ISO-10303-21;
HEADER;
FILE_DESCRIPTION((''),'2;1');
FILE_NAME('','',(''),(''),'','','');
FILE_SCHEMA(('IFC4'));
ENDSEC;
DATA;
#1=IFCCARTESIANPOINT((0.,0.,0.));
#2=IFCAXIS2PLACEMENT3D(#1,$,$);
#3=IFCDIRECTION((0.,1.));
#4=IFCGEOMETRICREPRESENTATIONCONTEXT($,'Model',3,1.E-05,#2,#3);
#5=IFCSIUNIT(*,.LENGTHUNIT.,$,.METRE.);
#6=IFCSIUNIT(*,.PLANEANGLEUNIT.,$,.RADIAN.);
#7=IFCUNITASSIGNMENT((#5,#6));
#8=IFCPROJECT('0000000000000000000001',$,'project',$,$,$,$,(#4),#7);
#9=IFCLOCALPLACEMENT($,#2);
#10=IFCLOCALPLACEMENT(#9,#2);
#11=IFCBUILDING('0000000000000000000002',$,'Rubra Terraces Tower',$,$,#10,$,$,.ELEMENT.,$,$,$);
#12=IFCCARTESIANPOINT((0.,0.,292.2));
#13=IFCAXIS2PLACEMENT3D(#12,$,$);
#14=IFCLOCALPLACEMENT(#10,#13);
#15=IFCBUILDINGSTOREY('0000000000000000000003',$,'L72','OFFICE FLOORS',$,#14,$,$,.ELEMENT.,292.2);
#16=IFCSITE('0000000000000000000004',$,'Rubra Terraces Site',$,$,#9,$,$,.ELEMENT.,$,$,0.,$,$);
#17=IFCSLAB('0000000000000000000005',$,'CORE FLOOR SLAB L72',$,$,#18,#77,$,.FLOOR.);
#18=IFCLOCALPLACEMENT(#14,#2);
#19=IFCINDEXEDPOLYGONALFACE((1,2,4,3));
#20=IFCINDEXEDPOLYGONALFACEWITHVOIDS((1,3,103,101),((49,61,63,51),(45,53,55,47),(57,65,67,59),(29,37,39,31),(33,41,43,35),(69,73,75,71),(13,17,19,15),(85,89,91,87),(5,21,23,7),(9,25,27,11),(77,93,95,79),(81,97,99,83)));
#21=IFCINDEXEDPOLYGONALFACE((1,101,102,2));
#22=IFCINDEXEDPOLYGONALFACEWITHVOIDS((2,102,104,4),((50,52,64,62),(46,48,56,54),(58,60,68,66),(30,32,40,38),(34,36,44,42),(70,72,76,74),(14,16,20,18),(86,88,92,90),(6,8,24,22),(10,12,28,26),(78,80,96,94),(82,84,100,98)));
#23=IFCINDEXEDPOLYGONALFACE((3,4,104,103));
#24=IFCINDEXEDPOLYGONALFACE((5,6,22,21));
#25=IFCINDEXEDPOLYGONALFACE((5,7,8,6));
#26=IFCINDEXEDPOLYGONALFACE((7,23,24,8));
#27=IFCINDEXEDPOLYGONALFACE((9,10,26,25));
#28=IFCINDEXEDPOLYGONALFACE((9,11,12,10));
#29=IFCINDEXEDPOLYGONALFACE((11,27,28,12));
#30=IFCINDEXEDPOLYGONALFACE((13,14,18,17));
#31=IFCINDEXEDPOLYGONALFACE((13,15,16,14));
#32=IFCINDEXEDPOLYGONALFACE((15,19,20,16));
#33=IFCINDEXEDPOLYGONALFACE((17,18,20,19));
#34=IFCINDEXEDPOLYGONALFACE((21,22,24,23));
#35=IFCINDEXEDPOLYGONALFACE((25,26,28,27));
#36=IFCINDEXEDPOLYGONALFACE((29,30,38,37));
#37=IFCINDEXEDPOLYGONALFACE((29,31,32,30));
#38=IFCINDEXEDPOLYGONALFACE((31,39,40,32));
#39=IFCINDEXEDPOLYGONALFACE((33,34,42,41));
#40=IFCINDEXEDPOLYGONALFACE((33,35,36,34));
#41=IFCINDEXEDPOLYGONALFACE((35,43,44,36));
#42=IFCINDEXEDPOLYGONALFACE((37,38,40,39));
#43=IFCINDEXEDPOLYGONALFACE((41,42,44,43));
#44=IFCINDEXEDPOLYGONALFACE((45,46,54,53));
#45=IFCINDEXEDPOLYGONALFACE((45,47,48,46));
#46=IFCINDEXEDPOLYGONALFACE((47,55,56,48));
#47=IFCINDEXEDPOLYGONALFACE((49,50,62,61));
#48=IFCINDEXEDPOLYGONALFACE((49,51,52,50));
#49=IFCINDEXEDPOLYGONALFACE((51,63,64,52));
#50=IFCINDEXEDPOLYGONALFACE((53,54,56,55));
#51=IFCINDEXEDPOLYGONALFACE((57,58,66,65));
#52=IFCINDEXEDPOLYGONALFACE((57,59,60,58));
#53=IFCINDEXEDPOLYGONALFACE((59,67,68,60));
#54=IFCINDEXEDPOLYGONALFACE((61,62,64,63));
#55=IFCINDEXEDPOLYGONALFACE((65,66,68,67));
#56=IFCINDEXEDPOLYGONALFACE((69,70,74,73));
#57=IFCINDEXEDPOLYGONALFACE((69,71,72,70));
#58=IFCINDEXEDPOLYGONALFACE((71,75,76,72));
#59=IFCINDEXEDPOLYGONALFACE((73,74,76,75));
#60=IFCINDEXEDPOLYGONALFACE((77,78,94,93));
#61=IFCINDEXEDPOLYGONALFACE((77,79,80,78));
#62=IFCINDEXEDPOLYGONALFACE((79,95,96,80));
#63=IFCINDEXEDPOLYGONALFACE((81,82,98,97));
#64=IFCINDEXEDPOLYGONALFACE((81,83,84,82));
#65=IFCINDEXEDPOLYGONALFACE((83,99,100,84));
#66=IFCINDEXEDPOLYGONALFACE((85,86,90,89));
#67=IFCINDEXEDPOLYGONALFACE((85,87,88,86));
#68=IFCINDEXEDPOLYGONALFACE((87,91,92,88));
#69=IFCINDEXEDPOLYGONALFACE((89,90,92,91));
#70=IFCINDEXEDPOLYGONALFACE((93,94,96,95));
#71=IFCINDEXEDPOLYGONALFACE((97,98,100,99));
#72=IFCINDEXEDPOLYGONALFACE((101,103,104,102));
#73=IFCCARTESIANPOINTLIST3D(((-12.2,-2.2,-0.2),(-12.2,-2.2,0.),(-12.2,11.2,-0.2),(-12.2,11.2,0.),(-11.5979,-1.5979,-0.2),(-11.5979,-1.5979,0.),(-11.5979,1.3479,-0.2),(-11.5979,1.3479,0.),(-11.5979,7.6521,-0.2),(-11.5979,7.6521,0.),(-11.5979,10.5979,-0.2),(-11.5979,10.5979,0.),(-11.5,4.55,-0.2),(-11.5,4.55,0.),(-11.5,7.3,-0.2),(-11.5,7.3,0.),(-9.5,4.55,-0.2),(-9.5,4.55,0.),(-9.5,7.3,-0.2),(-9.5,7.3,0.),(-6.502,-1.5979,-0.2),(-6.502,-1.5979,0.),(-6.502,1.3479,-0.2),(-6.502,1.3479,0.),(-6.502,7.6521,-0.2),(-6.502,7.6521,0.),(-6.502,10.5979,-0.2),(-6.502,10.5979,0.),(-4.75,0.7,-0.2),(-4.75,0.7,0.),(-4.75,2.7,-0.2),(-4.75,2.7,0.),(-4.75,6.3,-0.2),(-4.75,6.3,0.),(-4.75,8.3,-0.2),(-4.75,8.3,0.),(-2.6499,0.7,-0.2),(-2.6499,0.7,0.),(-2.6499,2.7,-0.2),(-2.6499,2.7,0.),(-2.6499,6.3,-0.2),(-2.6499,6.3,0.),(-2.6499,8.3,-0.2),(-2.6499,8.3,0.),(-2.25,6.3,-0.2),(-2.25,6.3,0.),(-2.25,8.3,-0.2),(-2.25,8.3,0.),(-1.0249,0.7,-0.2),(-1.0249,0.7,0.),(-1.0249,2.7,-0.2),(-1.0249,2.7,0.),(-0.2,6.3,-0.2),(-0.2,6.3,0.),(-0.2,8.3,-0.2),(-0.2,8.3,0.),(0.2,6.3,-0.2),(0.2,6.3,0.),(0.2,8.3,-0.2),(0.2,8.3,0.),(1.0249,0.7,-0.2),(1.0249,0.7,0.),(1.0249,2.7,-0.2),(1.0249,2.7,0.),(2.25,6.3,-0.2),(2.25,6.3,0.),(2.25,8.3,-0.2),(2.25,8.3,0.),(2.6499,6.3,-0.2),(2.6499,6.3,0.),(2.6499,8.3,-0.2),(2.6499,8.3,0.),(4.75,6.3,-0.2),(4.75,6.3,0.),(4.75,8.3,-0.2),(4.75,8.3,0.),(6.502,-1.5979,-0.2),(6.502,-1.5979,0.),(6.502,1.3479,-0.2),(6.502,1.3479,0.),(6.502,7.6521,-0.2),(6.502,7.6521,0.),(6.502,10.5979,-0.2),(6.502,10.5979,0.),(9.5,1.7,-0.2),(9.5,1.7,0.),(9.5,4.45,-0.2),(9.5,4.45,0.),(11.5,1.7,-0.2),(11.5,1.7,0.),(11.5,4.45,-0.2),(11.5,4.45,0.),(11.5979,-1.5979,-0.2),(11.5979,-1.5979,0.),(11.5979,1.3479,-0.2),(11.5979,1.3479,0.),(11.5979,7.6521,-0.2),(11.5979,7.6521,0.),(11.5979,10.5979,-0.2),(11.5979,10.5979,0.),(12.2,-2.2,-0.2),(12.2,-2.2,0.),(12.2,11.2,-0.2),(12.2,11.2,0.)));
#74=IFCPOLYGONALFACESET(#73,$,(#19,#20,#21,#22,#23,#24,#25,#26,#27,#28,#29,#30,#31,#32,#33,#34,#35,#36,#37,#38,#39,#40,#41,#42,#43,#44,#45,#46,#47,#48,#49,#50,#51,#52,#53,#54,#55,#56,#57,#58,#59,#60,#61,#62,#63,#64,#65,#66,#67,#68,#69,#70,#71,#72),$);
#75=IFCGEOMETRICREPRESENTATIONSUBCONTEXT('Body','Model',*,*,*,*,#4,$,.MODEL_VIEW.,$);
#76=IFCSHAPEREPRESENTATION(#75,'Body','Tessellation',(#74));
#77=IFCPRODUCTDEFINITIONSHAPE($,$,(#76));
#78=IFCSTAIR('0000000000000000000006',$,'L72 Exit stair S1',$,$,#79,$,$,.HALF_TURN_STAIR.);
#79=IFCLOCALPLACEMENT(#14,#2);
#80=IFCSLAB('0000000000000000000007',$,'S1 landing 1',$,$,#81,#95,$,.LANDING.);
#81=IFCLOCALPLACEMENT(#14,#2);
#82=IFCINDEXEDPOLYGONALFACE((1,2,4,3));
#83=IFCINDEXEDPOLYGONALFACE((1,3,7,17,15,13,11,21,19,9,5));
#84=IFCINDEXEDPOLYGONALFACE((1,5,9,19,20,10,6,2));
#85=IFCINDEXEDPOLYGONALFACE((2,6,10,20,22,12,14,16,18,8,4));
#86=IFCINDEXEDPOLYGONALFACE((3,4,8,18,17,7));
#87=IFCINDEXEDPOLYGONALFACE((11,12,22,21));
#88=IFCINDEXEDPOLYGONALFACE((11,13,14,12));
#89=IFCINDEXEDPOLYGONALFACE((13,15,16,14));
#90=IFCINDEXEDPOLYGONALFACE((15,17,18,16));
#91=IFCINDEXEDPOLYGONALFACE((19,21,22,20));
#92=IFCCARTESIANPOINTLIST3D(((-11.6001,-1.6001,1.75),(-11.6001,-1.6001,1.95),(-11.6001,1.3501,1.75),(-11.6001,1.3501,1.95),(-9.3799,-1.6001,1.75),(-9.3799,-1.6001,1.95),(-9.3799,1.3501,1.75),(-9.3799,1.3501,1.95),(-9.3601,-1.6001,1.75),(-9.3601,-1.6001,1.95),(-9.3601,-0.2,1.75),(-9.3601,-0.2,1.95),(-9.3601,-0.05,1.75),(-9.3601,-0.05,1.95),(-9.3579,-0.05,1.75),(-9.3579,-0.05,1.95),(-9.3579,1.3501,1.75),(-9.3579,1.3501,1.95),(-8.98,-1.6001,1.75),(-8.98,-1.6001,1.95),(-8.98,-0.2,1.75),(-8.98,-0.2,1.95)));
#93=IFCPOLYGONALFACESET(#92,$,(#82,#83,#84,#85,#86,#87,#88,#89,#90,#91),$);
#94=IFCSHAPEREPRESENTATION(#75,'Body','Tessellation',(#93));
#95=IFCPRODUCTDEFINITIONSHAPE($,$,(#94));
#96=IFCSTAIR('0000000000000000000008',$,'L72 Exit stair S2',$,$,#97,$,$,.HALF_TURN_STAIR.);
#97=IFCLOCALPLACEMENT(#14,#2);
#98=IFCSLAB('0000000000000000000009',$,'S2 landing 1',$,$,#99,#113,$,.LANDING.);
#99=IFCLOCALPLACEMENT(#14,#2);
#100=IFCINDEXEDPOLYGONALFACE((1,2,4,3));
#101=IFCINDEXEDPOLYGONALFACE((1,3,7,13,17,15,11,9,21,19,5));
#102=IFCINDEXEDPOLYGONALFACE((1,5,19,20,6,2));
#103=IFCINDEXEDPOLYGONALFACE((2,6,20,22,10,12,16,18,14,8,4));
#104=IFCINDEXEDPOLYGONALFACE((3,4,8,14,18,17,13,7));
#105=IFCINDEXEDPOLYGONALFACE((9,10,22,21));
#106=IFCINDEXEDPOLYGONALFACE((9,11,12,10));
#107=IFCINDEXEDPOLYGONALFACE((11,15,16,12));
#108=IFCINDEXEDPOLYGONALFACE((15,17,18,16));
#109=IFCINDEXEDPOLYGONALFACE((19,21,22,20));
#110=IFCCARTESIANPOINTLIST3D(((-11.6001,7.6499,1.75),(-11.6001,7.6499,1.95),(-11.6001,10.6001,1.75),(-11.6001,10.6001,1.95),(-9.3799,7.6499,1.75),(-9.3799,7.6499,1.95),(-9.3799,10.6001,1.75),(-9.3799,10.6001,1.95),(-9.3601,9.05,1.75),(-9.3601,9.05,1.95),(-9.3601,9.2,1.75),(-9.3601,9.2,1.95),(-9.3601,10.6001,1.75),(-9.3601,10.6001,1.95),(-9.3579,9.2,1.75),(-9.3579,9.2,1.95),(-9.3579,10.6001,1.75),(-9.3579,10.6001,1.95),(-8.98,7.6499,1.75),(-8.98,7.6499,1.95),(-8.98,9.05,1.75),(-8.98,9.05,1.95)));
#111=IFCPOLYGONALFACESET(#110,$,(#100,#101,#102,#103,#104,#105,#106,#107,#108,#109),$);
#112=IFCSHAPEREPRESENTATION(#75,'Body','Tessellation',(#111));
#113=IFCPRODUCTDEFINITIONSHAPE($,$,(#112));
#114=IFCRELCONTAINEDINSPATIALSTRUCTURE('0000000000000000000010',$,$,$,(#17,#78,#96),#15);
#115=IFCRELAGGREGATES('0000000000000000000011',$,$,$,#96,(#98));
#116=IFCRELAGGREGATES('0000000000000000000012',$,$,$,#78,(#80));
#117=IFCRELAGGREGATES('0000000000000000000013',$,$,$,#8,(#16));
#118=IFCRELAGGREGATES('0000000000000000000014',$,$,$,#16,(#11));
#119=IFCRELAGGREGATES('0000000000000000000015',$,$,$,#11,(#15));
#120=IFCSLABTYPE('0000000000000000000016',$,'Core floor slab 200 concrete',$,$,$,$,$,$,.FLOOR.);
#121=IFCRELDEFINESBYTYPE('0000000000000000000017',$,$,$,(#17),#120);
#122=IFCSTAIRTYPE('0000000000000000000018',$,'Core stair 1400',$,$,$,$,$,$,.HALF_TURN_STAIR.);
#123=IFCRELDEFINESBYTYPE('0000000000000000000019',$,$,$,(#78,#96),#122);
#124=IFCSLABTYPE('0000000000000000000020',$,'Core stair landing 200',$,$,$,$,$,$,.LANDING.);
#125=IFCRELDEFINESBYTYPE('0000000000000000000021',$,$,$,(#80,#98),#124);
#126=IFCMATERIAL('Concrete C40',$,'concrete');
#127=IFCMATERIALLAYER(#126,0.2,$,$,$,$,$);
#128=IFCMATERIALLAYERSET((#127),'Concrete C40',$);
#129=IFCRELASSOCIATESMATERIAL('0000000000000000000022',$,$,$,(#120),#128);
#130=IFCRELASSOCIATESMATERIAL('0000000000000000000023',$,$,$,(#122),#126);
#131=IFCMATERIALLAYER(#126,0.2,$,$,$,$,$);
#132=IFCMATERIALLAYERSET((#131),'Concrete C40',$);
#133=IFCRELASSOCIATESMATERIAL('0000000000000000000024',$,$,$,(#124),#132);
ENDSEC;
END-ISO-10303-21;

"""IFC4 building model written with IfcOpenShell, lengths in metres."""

from ifc_helpers import new_model, si_unit, direction, frame, origin, place, context, subcontext, project, spatial, polyline, outline, extrude, material, layer, layer_set, type_object, element, aggregate, save


model = new_model("IFC4")

# Units and contexts
model_context = context("Model", 3, precision=1e-05, world=origin(), true_north=direction((0.0, 1.0)))
body_context = subcontext(model_context, "Body", "Model", "MODEL_VIEW")
ifc_project = project(units=[si_unit("LENGTHUNIT", "METRE"), si_unit("PLANEANGLEUNIT", "RADIAN")], contexts=[model_context])

# Site, building, storey
site_placement = place(None, origin())
site = spatial("IfcSite", under=ifc_project, at=site_placement, Name="Rubra Terraces Site", CompositionType="ELEMENT", RefElevation=0.0)
building_placement = place(site_placement, origin())
building = spatial("IfcBuilding", under=site, at=building_placement, Name="Rubra Terraces Tower", CompositionType="ELEMENT")
storey_placement = place(building_placement, frame((0.0, 0.0, 292.2)))
storey = spatial("IfcBuildingStorey", under=building, at=storey_placement, Name="L72", Description="OFFICE FLOORS", CompositionType="ELEMENT", Elevation=292.2)

# Slab
ifc_material_1 = material(Name="Concrete C40", Category="concrete")
ifc_layer_1 = layer(ifc_material_1, 0.2)
ifc_layer_set_1 = layer_set([ifc_layer_1], Name="Concrete C40")
slab_type_1 = type_object("IfcSlabType", Name="Core floor slab 200 concrete", PredefinedType="FLOOR", material=ifc_layer_set_1)
slab_1_placement = place(storey_placement, frame((0.0, 0.0, -0.2)))
element("IfcSlab", 1, at=slab_1_placement, inside=storey, type_object=slab_type_1, Name="CORE FLOOR SLAB L72", PredefinedType="FLOOR", context=body_context, shape_type="SweptSolid", body=[
    extrude(outline(polyline([(-12.2, -2.2), (-12.2, 11.2), (12.2, 11.2), (12.2, -2.2), (-12.2, -2.2)]), holes=[polyline([(11.5979, 1.3479), (6.502, 1.3479), (6.502, -1.5979), (11.5979, -1.5979), (11.5979, 1.3479)]), polyline([(11.5979, 7.6521), (11.5979, 10.5979), (6.502, 10.5979), (6.502, 7.6521), (11.5979, 7.6521)]), polyline([(9.5, 1.7), (11.5, 1.7), (11.5, 4.45), (9.5, 4.45), (9.5, 1.7)]), polyline([(4.75, 6.3), (4.75, 8.3), (2.6499, 8.3), (2.6499, 6.3), (4.75, 6.3)]), polyline([(2.25, 8.3), (0.2, 8.3), (0.2, 6.3), (2.25, 6.3), (2.25, 8.3)]), polyline([(1.0249, 0.7), (1.0249, 2.7), (-1.0249, 2.7), (-1.0249, 0.7), (1.0249, 0.7)]), polyline([(-0.2, 6.3), (-0.2, 8.3), (-2.25, 8.3), (-2.25, 6.3), (-0.2, 6.3)]), polyline([(-4.75, 8.3), (-4.75, 6.3), (-2.6499, 6.3), (-2.6499, 8.3), (-4.75, 8.3)]), polyline([(-2.6499, 0.7), (-2.6499, 2.7), (-4.75, 2.7), (-4.75, 0.7), (-2.6499, 0.7)]), polyline([(-11.5979, -1.5979), (-6.502, -1.5979), (-6.502, 1.3479), (-11.5979, 1.3479), (-11.5979, -1.5979)]), polyline([(-11.5979, 10.5979), (-11.5979, 7.6521), (-6.502, 7.6521), (-6.502, 10.5979), (-11.5979, 10.5979)]), polyline([(-9.5, 4.55), (-9.5, 7.3), (-11.5, 7.3), (-11.5, 4.55), (-9.5, 4.55)])]), origin(), (0.0, 0.0, 1.0), 0.2),
])

# Stairs, slabs
stair_type = type_object("IfcStairType", Name="Core stair 1400", PredefinedType="HALF_TURN_STAIR", material=ifc_material_1)
stair_1_placement = place(storey_placement, origin())
stair_1 = element("IfcStair", 2, at=stair_1_placement, inside=storey, type_object=stair_type, Name="L72 Exit stair S1", PredefinedType="HALF_TURN_STAIR")
ifc_layer_2 = layer(ifc_material_1, 0.2)
ifc_layer_set_2 = layer_set([ifc_layer_2], Name="Concrete C40")
slab_type_2 = type_object("IfcSlabType", Name="Core stair landing 200", PredefinedType="LANDING", material=ifc_layer_set_2)
slab_2_placement = place(storey_placement, frame((0.0, 0.0, 1.75)))
slab_2 = element("IfcSlab", 3, at=slab_2_placement, type_object=slab_type_2, Name="S1 landing 1", PredefinedType="LANDING", context=body_context, shape_type="SweptSolid", body=[
    extrude(outline(polyline([(-8.98, -0.2), (-8.98, -1.6001), (-9.3601, -1.6001), (-9.3799, -1.6001), (-11.6001, -1.6001), (-11.6001, 1.3501), (-9.3799, 1.3501), (-9.3579, 1.3501), (-9.3579, -0.05), (-9.3601, -0.05), (-9.3601, -0.2), (-8.98, -0.2)])), origin(), (0.0, 0.0, 1.0), 0.2),
])
stair_2_placement = place(storey_placement, origin())
stair_2 = element("IfcStair", 4, at=stair_2_placement, inside=storey, type_object=stair_type, Name="L72 Exit stair S2", PredefinedType="HALF_TURN_STAIR")
slab_3_placement = place(storey_placement, frame((0.0, 0.0, 1.75)))
slab_3 = element("IfcSlab", 5, at=slab_3_placement, type_object=slab_type_2, Name="S2 landing 1", PredefinedType="LANDING", context=body_context, shape_type="SweptSolid", body=[
    extrude(outline(polyline([(-8.98, 9.05), (-8.98, 7.6499), (-9.3799, 7.6499), (-11.6001, 7.6499), (-11.6001, 10.6001), (-9.3799, 10.6001), (-9.3601, 10.6001), (-9.3579, 10.6001), (-9.3579, 9.2), (-9.3601, 9.2), (-9.3601, 9.05), (-8.98, 9.05)])), origin(), (0.0, 0.0, 1.0), 0.2),
])
aggregate(stair_2, [slab_3])

aggregate(stair_1, [slab_2])

save(model, "model.ifc")
